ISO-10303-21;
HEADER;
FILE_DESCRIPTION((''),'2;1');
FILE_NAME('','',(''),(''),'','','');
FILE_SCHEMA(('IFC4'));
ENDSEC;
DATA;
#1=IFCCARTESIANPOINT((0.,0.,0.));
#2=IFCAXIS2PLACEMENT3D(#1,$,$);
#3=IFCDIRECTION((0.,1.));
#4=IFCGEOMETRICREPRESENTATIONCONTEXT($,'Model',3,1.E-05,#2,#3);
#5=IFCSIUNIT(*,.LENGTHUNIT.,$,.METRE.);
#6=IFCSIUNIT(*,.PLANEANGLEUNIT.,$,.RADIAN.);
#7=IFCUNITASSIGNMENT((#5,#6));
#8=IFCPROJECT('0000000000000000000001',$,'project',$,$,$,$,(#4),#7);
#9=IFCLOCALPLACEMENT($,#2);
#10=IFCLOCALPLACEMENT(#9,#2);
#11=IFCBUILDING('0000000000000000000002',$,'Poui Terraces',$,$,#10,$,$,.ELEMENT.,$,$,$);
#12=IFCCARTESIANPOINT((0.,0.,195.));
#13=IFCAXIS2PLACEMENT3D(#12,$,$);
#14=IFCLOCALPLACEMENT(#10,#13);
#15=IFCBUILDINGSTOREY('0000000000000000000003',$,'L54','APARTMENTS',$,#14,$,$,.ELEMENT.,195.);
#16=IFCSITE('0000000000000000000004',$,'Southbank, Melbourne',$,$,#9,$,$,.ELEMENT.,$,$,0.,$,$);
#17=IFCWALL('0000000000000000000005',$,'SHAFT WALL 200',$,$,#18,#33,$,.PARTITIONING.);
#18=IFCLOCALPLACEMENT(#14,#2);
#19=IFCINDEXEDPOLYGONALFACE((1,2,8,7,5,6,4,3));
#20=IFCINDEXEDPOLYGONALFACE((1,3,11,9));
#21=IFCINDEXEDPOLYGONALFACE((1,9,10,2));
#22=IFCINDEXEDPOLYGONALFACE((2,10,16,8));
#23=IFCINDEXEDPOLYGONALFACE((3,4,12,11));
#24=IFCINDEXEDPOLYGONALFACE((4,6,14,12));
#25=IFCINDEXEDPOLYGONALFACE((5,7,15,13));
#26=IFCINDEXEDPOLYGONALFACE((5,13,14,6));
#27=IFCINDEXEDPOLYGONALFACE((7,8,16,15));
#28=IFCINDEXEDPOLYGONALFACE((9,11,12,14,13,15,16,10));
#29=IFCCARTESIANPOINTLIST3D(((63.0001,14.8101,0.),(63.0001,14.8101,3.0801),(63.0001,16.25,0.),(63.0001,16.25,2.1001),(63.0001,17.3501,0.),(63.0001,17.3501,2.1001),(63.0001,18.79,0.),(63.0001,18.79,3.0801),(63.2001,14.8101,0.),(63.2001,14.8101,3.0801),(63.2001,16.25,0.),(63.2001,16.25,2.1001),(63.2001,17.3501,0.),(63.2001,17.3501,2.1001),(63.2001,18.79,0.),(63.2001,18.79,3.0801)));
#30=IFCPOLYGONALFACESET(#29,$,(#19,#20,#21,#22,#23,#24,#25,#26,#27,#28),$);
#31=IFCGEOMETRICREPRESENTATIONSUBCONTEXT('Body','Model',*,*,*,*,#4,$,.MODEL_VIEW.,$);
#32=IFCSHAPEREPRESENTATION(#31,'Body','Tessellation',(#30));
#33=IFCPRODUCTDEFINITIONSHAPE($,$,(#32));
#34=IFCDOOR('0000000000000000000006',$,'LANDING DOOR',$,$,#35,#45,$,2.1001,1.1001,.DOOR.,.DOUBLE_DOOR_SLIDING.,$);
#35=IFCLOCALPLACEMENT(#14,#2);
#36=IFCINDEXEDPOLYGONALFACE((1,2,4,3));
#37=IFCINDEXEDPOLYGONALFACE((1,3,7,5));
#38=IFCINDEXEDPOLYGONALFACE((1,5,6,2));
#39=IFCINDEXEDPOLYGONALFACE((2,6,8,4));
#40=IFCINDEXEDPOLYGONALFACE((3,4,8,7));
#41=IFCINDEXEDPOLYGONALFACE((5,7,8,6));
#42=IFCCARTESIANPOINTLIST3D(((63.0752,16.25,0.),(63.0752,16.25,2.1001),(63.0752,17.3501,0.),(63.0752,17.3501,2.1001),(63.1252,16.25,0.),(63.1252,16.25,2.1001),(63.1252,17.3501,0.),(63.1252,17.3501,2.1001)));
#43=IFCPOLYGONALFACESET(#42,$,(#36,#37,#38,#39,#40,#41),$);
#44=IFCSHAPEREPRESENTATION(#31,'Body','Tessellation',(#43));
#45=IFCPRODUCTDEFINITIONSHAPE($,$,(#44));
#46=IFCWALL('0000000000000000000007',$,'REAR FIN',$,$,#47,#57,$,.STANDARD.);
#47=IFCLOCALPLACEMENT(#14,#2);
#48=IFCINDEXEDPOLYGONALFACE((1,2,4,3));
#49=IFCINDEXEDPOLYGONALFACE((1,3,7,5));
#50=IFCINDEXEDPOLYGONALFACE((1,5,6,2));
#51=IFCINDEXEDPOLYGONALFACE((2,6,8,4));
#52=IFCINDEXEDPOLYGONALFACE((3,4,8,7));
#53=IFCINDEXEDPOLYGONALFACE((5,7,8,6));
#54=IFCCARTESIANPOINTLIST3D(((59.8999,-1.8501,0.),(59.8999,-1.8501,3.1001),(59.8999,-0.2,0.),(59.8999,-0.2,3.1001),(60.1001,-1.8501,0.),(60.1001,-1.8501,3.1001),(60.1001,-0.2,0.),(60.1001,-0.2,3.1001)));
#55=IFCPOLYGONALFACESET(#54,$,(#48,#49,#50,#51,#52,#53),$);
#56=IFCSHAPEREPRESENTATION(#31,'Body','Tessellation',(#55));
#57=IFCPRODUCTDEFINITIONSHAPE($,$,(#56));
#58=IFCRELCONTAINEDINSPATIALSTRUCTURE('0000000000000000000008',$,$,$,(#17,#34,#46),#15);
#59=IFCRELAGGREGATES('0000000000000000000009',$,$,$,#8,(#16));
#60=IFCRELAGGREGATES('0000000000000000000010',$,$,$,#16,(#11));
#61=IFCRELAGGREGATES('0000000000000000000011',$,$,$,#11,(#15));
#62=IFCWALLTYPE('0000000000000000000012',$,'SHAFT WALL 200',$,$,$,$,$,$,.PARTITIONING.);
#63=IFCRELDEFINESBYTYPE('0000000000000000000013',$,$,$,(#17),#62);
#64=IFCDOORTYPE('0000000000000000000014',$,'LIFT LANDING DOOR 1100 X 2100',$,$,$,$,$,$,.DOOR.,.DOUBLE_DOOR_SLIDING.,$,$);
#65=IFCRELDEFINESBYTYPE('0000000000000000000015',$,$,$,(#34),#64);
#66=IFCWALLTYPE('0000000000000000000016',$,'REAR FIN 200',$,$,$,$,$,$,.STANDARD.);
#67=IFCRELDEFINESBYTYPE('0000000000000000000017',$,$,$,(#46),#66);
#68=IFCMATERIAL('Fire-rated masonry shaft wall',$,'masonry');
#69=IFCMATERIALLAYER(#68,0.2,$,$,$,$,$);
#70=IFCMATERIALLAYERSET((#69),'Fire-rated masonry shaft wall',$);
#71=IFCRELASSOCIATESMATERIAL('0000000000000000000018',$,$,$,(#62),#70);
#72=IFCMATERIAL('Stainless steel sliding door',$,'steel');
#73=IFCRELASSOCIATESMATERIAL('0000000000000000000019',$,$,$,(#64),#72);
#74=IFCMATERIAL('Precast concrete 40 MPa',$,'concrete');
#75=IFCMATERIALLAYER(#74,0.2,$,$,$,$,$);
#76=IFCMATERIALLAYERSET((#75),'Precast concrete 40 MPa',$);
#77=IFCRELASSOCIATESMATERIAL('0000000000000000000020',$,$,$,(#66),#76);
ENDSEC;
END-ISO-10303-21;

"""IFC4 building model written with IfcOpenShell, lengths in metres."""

from ifc_helpers import new_model, si_unit, direction, frame, frame_2d, origin, place, context, subcontext, project, spatial, polyline, rectangle, outline, extrude, source, transform, mapped, material, layer, layer_set, type_object, element, fill, save


model = new_model("IFC4")

# Units and contexts
model_context = context("Model", 3, precision=1e-05, world=origin(), true_north=direction((0.0, 1.0)))
body_context = subcontext(model_context, "Body", "Model", "MODEL_VIEW")
ifc_project = project(units=[si_unit("LENGTHUNIT", "METRE"), si_unit("PLANEANGLEUNIT", "RADIAN")], contexts=[model_context])

# Site, building, storey
site_placement = place(None, origin())
site = spatial("IfcSite", under=ifc_project, at=site_placement, Name="Southbank, Melbourne", CompositionType="ELEMENT", RefElevation=0.0)
building_placement = place(site_placement, origin())
building = spatial("IfcBuilding", under=site, at=building_placement, Name="Poui Terraces", CompositionType="ELEMENT")
storey_placement = place(building_placement, frame((0.0, 0.0, 195.0)))
storey = spatial("IfcBuildingStorey", under=building, at=storey_placement, Name="L54", Description="APARTMENTS", CompositionType="ELEMENT", Elevation=195.0)

# Shared definitions
ifc_material_1 = material(Name="Precast concrete 40 MPa", Category="concrete")

# Shared definitions
ifc_material_2 = material(Name="Fire-rated masonry shaft wall", Category="masonry")
ifc_layer_1 = layer(ifc_material_2, 0.2)
ifc_layer_set_1 = layer_set([ifc_layer_1], Name="Fire-rated masonry shaft wall")
wall_type_1 = type_object("IfcWallType", Name="SHAFT WALL 200", PredefinedType="PARTITIONING", material=ifc_layer_set_1)

# Wall, opening, door
wall_1_placement = place(storey_placement, frame((63.1001, 14.8101, 0.0), z_axis=(0.0, 0.0, 1.0), x_axis=(0.0, 1.0, 0.0)))
wall_1 = element("IfcWall", 1, at=wall_1_placement, inside=storey, type_object=wall_type_1, Name="SHAFT WALL 200", PredefinedType="PARTITIONING", context=body_context, shape_type="SweptSolid", body=[
    extrude(rectangle(XDim=3.98, YDim=0.2, at=frame_2d((1.99, 0.0))), origin(), (0.0, 0.0, 1.0), 3.0801),
])
opening_1_placement = place(wall_1_placement, frame((1.4399, 0.0, 0.0)))
opening_1 = element("IfcOpeningElement", 2, at=opening_1_placement, cuts=wall_1, PredefinedType="OPENING", context=body_context, shape_type="SweptSolid", body=[
    extrude(rectangle(XDim=1.1001, YDim=2.1001, at=frame_2d((0.55, 1.05))), frame((0.0, 0.1099, 0.0), z_axis=(0.0, -1.0, 0.0), x_axis=(1.0, 0.0, 0.0)), (0.0, 0.0, 1.0), 0.22),
])
ifc_material_3 = material(Name="Stainless steel sliding door", Category="steel")
door_type_1 = type_object("IfcDoorType", Name="LIFT LANDING DOOR 1100 X 2100", OperationType="DOUBLE_DOOR_SLIDING", PredefinedType="DOOR", material=ifc_material_3)
door_1_placement = place(opening_1_placement, origin())
door_1 = element("IfcDoor", 3, at=door_1_placement, inside=storey, type_object=door_type_1, Name="LANDING DOOR", OperationType="DOUBLE_DOOR_SLIDING", OverallHeight=2.1001, OverallWidth=1.1001, PredefinedType="DOOR", context=body_context, shape_type="SweptSolid", body=[
    extrude(rectangle(XDim=1.1001, YDim=2.1001, at=frame_2d((0.55, 1.05))), frame((0.0, 0.0249, 0.0), z_axis=(0.0, -1.0, 0.0), x_axis=(1.0, 0.0, 0.0)), (0.0, 0.0, 1.0), 0.05),
])
fill(opening_1, door_1)

# Wall
ifc_layer_2 = layer(ifc_material_1, 0.2)
ifc_layer_set_2 = layer_set([ifc_layer_2], Name="Precast concrete 40 MPa")
wall_type_2 = type_object("IfcWallType", Name="REAR FIN 200", PredefinedType="STANDARD", material=ifc_layer_set_2)
shared_shape_1 = source(origin(), body_context, "Body", "SweptSolid", [
    extrude(outline(polyline([(0.0, 0.0), (0.2002, 0.0), (0.2002, 1.6501), (0.0, 1.6501), (0.0, 0.0)])), origin(), (0.0, 0.0, 1.0), 3.1001),
])
wall_2_placement = place(storey_placement, frame((59.8999, -1.8501, 0.0)))
element("IfcWall", 4, at=wall_2_placement, inside=storey, type_object=wall_type_2, Name="REAR FIN", PredefinedType="STANDARD", context=body_context, shape_type="MappedRepresentation", body=[
    mapped(shared_shape_1, transform((0.0, 0.0, 0.0))),
])

save(model, "model.ifc")
